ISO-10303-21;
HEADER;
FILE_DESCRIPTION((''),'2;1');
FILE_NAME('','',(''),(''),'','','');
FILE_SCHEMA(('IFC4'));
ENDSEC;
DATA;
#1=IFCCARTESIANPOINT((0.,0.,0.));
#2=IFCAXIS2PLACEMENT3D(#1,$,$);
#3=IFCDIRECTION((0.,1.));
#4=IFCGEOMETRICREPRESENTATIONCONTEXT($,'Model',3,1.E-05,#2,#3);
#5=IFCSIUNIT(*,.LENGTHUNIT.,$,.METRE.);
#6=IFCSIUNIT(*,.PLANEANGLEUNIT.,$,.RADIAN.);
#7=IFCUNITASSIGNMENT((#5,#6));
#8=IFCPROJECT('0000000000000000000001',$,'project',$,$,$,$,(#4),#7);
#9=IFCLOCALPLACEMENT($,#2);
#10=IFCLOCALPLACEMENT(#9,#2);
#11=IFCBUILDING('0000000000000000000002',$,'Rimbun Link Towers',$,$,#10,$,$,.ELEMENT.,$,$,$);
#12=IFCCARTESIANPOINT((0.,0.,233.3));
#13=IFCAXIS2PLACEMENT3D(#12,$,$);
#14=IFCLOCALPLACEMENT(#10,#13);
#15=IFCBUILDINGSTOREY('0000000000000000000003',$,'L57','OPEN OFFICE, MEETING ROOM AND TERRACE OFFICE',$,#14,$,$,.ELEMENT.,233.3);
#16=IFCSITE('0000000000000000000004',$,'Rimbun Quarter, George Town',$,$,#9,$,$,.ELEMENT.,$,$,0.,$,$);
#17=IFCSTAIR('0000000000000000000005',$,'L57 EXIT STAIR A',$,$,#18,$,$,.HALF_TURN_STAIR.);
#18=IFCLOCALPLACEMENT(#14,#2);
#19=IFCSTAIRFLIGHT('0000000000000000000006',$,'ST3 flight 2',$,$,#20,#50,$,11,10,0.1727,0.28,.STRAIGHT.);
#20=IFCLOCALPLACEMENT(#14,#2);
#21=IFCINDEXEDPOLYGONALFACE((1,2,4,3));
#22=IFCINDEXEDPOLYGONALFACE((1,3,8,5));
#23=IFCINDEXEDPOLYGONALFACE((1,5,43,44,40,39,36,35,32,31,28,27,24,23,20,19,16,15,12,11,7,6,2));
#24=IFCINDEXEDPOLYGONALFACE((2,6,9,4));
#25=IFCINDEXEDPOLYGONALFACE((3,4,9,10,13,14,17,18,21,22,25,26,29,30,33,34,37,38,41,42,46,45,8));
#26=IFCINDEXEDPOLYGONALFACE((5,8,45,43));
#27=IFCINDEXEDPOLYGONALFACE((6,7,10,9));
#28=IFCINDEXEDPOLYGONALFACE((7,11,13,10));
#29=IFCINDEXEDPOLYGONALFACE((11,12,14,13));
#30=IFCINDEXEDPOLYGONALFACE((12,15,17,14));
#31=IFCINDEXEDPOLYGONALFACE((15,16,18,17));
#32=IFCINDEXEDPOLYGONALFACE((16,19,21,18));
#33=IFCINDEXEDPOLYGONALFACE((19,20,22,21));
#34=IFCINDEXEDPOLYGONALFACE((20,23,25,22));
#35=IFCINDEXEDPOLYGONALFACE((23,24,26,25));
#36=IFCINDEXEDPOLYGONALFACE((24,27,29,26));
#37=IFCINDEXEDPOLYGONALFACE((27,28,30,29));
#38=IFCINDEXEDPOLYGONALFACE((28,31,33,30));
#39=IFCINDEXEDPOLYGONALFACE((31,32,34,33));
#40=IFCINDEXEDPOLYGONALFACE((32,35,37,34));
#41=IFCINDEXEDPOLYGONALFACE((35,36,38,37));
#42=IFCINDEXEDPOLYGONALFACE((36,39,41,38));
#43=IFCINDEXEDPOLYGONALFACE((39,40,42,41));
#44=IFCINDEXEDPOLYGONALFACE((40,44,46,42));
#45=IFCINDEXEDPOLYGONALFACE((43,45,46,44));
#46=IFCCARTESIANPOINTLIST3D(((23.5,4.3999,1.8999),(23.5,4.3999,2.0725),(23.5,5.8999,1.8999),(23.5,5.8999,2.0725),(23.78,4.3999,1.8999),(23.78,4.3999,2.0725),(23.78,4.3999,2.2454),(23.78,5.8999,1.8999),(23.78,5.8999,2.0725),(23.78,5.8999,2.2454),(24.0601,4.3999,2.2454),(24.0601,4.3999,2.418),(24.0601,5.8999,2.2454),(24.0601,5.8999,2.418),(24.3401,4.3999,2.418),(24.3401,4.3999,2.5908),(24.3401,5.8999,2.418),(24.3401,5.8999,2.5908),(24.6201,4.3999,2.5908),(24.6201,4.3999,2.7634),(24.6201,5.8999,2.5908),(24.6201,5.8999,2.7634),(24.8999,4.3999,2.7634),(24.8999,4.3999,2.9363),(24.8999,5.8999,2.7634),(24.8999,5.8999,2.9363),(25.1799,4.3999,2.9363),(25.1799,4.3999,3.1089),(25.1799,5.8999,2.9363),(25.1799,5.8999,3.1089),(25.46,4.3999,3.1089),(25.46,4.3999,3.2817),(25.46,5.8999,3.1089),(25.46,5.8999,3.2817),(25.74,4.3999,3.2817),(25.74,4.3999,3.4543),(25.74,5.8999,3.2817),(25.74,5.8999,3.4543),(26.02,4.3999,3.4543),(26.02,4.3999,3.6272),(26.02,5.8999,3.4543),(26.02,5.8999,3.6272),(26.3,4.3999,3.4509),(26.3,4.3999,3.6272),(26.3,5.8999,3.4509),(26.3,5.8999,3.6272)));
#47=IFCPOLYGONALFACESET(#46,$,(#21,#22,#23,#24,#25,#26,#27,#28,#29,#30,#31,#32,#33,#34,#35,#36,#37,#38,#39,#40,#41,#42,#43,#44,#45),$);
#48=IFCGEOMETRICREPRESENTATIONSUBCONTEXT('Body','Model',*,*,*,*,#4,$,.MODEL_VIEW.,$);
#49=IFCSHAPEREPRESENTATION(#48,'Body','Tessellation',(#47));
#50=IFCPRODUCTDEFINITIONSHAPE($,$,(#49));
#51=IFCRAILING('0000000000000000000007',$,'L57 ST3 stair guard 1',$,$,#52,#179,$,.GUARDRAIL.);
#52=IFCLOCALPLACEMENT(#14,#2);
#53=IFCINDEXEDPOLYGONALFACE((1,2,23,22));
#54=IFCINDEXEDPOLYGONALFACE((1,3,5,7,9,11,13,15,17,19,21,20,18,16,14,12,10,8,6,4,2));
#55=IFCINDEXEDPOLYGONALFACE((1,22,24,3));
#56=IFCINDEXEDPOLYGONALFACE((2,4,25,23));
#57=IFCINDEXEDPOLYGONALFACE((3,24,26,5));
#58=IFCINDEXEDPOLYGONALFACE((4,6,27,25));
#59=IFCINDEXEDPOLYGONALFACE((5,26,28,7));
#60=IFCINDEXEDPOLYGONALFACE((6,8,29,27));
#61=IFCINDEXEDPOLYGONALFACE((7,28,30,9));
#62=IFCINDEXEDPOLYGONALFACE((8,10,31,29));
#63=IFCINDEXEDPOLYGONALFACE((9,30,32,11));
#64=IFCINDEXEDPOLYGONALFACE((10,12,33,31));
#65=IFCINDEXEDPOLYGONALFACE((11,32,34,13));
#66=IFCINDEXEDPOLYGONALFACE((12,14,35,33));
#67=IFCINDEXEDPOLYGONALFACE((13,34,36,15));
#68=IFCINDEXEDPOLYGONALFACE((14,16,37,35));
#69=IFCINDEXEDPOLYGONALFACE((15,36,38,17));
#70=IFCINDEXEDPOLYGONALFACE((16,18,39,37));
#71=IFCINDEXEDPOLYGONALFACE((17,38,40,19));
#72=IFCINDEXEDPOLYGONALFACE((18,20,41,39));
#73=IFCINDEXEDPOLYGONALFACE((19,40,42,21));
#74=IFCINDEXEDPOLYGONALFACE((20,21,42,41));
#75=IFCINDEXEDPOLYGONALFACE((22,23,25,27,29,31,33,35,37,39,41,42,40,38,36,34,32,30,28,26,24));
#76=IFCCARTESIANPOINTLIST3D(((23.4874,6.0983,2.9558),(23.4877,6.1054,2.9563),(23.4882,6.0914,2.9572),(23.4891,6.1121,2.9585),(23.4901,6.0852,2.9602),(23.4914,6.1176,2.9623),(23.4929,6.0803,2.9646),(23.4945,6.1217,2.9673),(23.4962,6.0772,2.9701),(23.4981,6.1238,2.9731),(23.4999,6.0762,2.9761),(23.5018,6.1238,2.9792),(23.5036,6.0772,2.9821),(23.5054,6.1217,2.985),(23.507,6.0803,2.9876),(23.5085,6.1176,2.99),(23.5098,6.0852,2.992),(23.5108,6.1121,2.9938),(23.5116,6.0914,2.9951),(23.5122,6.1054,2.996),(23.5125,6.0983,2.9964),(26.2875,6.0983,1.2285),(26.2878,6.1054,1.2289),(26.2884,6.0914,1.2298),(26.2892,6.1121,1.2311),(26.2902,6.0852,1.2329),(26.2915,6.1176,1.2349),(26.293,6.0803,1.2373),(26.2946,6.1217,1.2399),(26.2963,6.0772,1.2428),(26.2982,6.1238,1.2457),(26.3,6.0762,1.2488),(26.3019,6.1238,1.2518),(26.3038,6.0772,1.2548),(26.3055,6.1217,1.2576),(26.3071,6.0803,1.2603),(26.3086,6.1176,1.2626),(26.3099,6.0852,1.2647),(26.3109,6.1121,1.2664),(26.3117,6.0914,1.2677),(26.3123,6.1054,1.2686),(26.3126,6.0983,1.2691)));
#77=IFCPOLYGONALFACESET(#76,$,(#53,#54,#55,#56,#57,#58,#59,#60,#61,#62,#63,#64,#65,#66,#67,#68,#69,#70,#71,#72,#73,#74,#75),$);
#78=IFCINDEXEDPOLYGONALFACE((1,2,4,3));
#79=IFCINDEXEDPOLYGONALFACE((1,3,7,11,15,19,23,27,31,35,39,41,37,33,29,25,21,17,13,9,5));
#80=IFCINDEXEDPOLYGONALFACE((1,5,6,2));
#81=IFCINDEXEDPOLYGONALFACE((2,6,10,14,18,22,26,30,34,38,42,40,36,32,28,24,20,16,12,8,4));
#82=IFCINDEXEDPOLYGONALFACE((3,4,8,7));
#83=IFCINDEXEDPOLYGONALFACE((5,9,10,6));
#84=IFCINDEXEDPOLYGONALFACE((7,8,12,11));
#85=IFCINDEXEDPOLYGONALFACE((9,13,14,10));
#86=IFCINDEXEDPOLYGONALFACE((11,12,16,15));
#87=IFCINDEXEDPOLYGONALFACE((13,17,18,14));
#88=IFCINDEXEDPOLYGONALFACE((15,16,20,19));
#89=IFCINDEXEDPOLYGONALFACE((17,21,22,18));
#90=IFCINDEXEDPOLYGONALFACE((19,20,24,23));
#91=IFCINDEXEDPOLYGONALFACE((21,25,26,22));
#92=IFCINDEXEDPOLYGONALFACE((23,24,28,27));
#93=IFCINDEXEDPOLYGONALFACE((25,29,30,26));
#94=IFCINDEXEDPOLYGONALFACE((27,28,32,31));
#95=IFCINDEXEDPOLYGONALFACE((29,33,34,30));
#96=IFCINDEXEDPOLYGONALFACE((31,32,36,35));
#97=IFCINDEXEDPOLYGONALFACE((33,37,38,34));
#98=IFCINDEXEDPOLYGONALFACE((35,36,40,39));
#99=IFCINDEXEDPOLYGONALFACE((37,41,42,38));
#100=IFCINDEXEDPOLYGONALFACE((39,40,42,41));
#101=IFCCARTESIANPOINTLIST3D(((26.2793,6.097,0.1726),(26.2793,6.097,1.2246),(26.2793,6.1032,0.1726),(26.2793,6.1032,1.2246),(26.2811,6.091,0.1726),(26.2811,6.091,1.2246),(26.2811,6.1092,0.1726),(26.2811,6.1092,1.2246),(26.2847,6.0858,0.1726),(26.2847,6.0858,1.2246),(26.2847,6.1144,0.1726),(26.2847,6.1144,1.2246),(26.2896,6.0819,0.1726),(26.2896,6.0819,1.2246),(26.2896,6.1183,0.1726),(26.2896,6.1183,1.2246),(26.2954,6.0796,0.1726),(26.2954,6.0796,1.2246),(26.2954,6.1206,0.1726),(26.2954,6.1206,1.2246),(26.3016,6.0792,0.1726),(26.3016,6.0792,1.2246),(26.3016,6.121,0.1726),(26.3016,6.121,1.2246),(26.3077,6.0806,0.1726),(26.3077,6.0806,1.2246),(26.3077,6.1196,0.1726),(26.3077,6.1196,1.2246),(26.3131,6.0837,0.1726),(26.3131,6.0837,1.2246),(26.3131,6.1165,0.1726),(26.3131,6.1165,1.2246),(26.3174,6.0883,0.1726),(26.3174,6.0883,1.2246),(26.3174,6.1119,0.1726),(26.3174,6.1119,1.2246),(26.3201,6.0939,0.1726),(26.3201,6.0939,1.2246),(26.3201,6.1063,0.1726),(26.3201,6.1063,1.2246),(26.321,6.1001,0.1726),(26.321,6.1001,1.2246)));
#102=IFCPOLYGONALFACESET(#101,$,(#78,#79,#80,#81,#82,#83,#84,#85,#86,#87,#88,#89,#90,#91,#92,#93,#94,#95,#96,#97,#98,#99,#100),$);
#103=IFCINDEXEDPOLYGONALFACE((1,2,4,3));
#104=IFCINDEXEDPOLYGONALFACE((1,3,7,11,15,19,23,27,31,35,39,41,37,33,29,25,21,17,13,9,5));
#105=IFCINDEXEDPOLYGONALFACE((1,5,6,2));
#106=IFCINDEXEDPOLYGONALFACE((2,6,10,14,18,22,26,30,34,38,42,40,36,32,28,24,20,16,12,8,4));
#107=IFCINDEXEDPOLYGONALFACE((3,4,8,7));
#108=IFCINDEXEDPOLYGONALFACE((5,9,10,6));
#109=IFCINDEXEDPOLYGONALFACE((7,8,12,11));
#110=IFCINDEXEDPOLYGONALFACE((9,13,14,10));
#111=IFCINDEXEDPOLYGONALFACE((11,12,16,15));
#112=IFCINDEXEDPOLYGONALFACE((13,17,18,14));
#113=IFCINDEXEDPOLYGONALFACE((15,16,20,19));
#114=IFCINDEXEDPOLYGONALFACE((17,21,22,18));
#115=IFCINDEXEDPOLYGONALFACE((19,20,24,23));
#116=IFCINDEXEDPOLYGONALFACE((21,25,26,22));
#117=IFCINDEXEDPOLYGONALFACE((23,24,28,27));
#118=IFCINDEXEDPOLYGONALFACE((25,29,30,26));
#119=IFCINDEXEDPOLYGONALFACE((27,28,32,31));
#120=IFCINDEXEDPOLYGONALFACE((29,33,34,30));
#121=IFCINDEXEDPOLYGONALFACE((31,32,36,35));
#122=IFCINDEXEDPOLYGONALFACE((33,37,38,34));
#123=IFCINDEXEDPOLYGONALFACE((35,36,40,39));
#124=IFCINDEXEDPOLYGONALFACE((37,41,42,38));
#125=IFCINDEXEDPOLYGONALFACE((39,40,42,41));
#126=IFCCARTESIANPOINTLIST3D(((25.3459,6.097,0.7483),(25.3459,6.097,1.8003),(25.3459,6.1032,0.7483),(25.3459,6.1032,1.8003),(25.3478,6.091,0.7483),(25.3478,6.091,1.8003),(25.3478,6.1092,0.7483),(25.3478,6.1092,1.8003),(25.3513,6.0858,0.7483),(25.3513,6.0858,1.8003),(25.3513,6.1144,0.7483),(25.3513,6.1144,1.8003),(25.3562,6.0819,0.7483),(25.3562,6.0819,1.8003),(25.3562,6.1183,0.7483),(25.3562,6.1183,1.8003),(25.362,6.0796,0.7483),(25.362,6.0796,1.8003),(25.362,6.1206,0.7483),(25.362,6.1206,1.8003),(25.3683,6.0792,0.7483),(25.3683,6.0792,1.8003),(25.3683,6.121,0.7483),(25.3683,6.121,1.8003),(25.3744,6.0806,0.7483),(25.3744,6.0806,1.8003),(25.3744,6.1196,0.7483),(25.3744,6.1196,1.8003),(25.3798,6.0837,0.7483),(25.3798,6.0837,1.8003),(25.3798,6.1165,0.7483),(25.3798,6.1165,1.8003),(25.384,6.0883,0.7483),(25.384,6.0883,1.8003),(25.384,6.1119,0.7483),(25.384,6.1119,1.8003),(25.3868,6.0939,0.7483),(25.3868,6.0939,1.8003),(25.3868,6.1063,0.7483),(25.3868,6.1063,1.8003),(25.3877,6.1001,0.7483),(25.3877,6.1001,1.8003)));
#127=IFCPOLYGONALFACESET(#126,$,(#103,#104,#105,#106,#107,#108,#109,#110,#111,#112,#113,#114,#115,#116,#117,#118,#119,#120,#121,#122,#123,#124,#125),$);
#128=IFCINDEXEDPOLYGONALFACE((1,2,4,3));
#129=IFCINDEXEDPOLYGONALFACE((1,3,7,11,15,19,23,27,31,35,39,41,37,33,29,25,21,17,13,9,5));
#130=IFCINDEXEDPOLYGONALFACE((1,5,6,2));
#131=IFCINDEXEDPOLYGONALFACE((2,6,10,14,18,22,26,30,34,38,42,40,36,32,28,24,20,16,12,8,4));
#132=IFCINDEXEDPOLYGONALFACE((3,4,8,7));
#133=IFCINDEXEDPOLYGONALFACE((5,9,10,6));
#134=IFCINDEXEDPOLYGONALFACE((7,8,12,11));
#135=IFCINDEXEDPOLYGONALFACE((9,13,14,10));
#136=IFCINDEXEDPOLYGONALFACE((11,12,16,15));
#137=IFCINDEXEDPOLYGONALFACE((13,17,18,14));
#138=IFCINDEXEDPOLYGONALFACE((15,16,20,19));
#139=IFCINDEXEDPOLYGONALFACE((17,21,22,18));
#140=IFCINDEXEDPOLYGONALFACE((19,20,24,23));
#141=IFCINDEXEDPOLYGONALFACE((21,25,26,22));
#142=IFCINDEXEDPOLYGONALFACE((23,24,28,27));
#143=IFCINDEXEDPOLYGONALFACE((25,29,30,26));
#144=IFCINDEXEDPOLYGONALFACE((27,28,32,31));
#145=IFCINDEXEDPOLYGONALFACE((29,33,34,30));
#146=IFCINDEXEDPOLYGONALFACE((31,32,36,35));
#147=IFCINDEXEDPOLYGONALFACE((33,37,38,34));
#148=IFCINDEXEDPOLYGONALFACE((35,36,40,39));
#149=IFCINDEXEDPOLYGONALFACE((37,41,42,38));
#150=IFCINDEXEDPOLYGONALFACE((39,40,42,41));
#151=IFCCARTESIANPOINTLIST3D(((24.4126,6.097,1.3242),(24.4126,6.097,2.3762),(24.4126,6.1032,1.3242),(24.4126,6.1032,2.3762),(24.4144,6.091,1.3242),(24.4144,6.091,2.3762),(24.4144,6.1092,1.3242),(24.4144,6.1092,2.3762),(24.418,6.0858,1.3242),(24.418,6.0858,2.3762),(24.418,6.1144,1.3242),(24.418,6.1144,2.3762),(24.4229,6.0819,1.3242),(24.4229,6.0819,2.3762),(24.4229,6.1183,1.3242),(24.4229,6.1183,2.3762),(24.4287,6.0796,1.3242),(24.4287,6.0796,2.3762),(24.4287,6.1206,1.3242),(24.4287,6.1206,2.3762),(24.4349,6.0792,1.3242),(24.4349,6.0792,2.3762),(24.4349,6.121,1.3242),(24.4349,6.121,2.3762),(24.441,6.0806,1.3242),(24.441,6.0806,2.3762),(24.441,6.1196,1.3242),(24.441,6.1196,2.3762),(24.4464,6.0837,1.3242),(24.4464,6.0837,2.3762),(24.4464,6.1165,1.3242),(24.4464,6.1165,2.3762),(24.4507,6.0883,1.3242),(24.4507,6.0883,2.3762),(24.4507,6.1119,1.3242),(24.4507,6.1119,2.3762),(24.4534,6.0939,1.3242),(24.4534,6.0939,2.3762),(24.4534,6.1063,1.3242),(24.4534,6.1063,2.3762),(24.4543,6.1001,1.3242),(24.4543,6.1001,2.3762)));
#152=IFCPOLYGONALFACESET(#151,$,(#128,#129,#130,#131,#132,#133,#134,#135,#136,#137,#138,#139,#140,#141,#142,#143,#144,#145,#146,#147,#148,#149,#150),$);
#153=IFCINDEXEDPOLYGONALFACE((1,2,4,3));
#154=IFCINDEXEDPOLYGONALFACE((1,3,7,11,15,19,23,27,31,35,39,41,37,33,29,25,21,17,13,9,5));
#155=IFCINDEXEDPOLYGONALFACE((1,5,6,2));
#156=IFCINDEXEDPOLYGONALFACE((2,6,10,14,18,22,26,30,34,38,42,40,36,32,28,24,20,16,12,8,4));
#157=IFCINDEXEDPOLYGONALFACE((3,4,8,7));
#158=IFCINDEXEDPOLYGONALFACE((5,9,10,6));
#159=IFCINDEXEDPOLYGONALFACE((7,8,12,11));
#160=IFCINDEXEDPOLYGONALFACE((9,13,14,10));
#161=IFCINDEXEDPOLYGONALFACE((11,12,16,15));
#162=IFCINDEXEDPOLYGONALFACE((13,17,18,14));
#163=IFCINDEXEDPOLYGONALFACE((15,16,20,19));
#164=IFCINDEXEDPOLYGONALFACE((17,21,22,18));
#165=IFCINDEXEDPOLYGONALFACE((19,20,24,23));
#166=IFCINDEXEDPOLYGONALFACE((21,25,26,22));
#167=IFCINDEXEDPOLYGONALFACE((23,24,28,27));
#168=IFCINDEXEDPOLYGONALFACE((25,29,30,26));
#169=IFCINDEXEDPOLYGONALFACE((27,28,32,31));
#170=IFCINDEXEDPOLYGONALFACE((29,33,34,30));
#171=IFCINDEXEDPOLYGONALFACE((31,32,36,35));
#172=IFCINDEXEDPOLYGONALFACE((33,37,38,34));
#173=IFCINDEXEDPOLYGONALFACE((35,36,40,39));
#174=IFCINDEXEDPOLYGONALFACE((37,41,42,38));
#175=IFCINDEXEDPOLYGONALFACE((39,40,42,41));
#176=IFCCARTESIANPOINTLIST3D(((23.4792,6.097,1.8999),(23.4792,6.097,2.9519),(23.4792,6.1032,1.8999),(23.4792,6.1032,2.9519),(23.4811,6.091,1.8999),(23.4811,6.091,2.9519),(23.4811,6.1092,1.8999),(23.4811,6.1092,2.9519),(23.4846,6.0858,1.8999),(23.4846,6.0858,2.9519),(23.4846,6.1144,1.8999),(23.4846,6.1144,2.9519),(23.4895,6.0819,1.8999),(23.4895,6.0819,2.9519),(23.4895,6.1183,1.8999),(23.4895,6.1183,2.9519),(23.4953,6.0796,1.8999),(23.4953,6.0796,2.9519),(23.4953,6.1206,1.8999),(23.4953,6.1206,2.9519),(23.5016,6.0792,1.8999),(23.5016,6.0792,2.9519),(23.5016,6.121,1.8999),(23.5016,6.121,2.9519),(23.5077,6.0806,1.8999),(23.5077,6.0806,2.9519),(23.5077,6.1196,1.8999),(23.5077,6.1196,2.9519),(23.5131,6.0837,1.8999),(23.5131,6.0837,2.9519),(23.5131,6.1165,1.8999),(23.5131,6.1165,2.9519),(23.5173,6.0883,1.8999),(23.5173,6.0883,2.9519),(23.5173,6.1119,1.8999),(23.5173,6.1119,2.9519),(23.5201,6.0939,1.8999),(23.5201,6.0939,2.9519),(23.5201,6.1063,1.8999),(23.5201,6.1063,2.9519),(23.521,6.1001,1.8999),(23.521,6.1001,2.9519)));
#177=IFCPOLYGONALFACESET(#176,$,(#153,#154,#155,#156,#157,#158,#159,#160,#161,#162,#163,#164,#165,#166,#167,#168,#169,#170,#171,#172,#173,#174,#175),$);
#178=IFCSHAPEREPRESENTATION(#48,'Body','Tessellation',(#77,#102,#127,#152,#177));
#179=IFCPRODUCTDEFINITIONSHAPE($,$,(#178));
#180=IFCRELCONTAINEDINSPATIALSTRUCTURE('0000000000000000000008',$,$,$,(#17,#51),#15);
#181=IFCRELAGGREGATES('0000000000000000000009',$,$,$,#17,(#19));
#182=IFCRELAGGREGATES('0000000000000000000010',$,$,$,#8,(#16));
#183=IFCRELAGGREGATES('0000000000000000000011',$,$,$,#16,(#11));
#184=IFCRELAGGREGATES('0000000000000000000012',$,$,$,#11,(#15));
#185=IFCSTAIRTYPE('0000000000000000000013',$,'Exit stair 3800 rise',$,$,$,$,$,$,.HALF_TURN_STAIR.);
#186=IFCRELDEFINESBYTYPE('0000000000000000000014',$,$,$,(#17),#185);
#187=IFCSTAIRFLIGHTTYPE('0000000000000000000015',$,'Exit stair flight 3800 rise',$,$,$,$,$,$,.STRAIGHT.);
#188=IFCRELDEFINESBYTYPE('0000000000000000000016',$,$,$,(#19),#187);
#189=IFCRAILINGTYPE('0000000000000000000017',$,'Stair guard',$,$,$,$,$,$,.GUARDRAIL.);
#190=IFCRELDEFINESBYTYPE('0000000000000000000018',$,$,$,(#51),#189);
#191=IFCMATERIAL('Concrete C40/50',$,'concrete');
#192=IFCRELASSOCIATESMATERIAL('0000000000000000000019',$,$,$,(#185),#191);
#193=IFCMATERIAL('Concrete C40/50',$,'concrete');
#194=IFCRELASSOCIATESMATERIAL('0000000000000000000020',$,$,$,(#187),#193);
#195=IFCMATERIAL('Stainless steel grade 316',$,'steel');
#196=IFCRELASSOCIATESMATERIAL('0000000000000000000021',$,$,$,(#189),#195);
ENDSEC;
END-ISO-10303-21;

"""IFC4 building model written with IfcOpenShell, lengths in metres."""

from ifc_helpers import new_model, si_unit, direction, frame, origin, origin_2d, place, context, subcontext, project, spatial, polyline, circle, outline, extrude, material, type_object, element, aggregate, save


model = new_model("IFC4")

# Units and contexts
model_context = context("Model", 3, precision=1e-05, world=origin(), true_north=direction((0.0, 1.0)))
body_context = subcontext(model_context, "Body", "Model", "MODEL_VIEW")
ifc_project = project(units=[si_unit("LENGTHUNIT", "METRE"), si_unit("PLANEANGLEUNIT", "RADIAN")], contexts=[model_context])

# Site, building, storey
site_placement = place(None, origin())
site = spatial("IfcSite", under=ifc_project, at=site_placement, Name="Rimbun Quarter, George Town", CompositionType="ELEMENT", RefElevation=0.0)
building_placement = place(site_placement, origin())
building = spatial("IfcBuilding", under=site, at=building_placement, Name="Rimbun Link Towers", CompositionType="ELEMENT")
storey_placement = place(building_placement, frame((0.0, 0.0, 233.3)))
storey = spatial("IfcBuildingStorey", under=building, at=storey_placement, Name="L57", Description="OPEN OFFICE, MEETING ROOM AND TERRACE OFFICE", CompositionType="ELEMENT", Elevation=233.3)

# Stair, stair flight
ifc_material_1 = material(Name="Concrete C40/50", Category="concrete")
stair_type = type_object("IfcStairType", Name="Exit stair 3800 rise", PredefinedType="HALF_TURN_STAIR", material=ifc_material_1)
stair_placement = place(storey_placement, origin())
stair = element("IfcStair", 1, at=stair_placement, inside=storey, type_object=stair_type, Name="L57 EXIT STAIR A", PredefinedType="HALF_TURN_STAIR")
ifc_material_2 = material(Name="Concrete C40/50", Category="concrete")
stair_flight_type = type_object("IfcStairFlightType", Name="Exit stair flight 3800 rise", PredefinedType="STRAIGHT", material=ifc_material_2)
stair_flight_1_placement = place(storey_placement, frame((23.5, 5.1499, 1.8999), z_axis=(0.0, 0.0, 1.0), x_axis=(1.0, 0.0, 0.0)))
stair_flight_1 = element("IfcStairFlight", 2, at=stair_flight_1_placement, type_object=stair_flight_type, Name="ST3 flight 2", NumberOfRisers=11, NumberOfTreads=10, PredefinedType="STRAIGHT", RiserHeight=0.1727, TreadLength=0.28, context=body_context, shape_type="SweptSolid", body=[
    extrude(outline(polyline([(0.0, 0.0), (0.0, 0.1726), (0.28, 0.1726), (0.28, 0.3455), (0.5601, 0.3455), (0.5601, 0.5181), (0.8401, 0.5181), (0.8401, 0.6909), (1.1201, 0.6909), (1.1201, 0.8635), (1.3999, 0.8635), (1.3999, 1.0364), (1.6799, 1.0364), (1.6799, 1.209), (1.96, 1.209), (1.96, 1.3818), (2.24, 1.3818), (2.24, 1.5544), (2.52, 1.5544), (2.52, 1.7273), (2.8, 1.7273), (2.8, 1.8999), (2.8, 1.551), (0.28, 0.0), (0.0, 0.0)])), frame((0.0, 0.75, 0.0), z_axis=(0.0, -1.0, 0.0), x_axis=(1.0, 0.0, 0.0)), (0.0, 0.0, 1.0), 1.5),
])
aggregate(stair, [stair_flight_1])

# Railing
ifc_material_3 = material(Name="Stainless steel grade 316", Category="steel")
railing_type_1 = type_object("IfcRailingType", Name="Stair guard", PredefinedType="GUARDRAIL", material=ifc_material_3)
railing_1_placement = place(storey_placement, frame((26.3, 6.1001, 0.1726)))
element("IfcRailing", 3, at=railing_1_placement, inside=storey, type_object=railing_type_1, Name="L57 ST3 stair guard 1", PredefinedType="GUARDRAIL", context=body_context, shape_type="SweptSolid", body=[
    extrude(circle(Radius=0.0239, at=origin_2d()), frame((0.0, 0.0, 1.0762), z_axis=(-0.85109, 0.0, 0.52502), x_axis=(0.0, -1.0, 0.0)), (0.0, 0.0, 1.0), 3.29),
    extrude(circle(Radius=0.021, at=origin_2d()), origin(), (0.0, 0.0, 1.0), 1.052),
    extrude(circle(Radius=0.021, at=origin_2d()), frame((-0.9333, 0.0, 0.5757)), (0.0, 0.0, 1.0), 1.052),
    extrude(circle(Radius=0.021, at=origin_2d()), frame((-1.8667, 0.0, 1.1516)), (0.0, 0.0, 1.0), 1.052),
    extrude(circle(Radius=0.021, at=origin_2d()), frame((-2.8, 0.0, 1.7273)), (0.0, 0.0, 1.0), 1.052),
])

save(model, "model.ifc")
